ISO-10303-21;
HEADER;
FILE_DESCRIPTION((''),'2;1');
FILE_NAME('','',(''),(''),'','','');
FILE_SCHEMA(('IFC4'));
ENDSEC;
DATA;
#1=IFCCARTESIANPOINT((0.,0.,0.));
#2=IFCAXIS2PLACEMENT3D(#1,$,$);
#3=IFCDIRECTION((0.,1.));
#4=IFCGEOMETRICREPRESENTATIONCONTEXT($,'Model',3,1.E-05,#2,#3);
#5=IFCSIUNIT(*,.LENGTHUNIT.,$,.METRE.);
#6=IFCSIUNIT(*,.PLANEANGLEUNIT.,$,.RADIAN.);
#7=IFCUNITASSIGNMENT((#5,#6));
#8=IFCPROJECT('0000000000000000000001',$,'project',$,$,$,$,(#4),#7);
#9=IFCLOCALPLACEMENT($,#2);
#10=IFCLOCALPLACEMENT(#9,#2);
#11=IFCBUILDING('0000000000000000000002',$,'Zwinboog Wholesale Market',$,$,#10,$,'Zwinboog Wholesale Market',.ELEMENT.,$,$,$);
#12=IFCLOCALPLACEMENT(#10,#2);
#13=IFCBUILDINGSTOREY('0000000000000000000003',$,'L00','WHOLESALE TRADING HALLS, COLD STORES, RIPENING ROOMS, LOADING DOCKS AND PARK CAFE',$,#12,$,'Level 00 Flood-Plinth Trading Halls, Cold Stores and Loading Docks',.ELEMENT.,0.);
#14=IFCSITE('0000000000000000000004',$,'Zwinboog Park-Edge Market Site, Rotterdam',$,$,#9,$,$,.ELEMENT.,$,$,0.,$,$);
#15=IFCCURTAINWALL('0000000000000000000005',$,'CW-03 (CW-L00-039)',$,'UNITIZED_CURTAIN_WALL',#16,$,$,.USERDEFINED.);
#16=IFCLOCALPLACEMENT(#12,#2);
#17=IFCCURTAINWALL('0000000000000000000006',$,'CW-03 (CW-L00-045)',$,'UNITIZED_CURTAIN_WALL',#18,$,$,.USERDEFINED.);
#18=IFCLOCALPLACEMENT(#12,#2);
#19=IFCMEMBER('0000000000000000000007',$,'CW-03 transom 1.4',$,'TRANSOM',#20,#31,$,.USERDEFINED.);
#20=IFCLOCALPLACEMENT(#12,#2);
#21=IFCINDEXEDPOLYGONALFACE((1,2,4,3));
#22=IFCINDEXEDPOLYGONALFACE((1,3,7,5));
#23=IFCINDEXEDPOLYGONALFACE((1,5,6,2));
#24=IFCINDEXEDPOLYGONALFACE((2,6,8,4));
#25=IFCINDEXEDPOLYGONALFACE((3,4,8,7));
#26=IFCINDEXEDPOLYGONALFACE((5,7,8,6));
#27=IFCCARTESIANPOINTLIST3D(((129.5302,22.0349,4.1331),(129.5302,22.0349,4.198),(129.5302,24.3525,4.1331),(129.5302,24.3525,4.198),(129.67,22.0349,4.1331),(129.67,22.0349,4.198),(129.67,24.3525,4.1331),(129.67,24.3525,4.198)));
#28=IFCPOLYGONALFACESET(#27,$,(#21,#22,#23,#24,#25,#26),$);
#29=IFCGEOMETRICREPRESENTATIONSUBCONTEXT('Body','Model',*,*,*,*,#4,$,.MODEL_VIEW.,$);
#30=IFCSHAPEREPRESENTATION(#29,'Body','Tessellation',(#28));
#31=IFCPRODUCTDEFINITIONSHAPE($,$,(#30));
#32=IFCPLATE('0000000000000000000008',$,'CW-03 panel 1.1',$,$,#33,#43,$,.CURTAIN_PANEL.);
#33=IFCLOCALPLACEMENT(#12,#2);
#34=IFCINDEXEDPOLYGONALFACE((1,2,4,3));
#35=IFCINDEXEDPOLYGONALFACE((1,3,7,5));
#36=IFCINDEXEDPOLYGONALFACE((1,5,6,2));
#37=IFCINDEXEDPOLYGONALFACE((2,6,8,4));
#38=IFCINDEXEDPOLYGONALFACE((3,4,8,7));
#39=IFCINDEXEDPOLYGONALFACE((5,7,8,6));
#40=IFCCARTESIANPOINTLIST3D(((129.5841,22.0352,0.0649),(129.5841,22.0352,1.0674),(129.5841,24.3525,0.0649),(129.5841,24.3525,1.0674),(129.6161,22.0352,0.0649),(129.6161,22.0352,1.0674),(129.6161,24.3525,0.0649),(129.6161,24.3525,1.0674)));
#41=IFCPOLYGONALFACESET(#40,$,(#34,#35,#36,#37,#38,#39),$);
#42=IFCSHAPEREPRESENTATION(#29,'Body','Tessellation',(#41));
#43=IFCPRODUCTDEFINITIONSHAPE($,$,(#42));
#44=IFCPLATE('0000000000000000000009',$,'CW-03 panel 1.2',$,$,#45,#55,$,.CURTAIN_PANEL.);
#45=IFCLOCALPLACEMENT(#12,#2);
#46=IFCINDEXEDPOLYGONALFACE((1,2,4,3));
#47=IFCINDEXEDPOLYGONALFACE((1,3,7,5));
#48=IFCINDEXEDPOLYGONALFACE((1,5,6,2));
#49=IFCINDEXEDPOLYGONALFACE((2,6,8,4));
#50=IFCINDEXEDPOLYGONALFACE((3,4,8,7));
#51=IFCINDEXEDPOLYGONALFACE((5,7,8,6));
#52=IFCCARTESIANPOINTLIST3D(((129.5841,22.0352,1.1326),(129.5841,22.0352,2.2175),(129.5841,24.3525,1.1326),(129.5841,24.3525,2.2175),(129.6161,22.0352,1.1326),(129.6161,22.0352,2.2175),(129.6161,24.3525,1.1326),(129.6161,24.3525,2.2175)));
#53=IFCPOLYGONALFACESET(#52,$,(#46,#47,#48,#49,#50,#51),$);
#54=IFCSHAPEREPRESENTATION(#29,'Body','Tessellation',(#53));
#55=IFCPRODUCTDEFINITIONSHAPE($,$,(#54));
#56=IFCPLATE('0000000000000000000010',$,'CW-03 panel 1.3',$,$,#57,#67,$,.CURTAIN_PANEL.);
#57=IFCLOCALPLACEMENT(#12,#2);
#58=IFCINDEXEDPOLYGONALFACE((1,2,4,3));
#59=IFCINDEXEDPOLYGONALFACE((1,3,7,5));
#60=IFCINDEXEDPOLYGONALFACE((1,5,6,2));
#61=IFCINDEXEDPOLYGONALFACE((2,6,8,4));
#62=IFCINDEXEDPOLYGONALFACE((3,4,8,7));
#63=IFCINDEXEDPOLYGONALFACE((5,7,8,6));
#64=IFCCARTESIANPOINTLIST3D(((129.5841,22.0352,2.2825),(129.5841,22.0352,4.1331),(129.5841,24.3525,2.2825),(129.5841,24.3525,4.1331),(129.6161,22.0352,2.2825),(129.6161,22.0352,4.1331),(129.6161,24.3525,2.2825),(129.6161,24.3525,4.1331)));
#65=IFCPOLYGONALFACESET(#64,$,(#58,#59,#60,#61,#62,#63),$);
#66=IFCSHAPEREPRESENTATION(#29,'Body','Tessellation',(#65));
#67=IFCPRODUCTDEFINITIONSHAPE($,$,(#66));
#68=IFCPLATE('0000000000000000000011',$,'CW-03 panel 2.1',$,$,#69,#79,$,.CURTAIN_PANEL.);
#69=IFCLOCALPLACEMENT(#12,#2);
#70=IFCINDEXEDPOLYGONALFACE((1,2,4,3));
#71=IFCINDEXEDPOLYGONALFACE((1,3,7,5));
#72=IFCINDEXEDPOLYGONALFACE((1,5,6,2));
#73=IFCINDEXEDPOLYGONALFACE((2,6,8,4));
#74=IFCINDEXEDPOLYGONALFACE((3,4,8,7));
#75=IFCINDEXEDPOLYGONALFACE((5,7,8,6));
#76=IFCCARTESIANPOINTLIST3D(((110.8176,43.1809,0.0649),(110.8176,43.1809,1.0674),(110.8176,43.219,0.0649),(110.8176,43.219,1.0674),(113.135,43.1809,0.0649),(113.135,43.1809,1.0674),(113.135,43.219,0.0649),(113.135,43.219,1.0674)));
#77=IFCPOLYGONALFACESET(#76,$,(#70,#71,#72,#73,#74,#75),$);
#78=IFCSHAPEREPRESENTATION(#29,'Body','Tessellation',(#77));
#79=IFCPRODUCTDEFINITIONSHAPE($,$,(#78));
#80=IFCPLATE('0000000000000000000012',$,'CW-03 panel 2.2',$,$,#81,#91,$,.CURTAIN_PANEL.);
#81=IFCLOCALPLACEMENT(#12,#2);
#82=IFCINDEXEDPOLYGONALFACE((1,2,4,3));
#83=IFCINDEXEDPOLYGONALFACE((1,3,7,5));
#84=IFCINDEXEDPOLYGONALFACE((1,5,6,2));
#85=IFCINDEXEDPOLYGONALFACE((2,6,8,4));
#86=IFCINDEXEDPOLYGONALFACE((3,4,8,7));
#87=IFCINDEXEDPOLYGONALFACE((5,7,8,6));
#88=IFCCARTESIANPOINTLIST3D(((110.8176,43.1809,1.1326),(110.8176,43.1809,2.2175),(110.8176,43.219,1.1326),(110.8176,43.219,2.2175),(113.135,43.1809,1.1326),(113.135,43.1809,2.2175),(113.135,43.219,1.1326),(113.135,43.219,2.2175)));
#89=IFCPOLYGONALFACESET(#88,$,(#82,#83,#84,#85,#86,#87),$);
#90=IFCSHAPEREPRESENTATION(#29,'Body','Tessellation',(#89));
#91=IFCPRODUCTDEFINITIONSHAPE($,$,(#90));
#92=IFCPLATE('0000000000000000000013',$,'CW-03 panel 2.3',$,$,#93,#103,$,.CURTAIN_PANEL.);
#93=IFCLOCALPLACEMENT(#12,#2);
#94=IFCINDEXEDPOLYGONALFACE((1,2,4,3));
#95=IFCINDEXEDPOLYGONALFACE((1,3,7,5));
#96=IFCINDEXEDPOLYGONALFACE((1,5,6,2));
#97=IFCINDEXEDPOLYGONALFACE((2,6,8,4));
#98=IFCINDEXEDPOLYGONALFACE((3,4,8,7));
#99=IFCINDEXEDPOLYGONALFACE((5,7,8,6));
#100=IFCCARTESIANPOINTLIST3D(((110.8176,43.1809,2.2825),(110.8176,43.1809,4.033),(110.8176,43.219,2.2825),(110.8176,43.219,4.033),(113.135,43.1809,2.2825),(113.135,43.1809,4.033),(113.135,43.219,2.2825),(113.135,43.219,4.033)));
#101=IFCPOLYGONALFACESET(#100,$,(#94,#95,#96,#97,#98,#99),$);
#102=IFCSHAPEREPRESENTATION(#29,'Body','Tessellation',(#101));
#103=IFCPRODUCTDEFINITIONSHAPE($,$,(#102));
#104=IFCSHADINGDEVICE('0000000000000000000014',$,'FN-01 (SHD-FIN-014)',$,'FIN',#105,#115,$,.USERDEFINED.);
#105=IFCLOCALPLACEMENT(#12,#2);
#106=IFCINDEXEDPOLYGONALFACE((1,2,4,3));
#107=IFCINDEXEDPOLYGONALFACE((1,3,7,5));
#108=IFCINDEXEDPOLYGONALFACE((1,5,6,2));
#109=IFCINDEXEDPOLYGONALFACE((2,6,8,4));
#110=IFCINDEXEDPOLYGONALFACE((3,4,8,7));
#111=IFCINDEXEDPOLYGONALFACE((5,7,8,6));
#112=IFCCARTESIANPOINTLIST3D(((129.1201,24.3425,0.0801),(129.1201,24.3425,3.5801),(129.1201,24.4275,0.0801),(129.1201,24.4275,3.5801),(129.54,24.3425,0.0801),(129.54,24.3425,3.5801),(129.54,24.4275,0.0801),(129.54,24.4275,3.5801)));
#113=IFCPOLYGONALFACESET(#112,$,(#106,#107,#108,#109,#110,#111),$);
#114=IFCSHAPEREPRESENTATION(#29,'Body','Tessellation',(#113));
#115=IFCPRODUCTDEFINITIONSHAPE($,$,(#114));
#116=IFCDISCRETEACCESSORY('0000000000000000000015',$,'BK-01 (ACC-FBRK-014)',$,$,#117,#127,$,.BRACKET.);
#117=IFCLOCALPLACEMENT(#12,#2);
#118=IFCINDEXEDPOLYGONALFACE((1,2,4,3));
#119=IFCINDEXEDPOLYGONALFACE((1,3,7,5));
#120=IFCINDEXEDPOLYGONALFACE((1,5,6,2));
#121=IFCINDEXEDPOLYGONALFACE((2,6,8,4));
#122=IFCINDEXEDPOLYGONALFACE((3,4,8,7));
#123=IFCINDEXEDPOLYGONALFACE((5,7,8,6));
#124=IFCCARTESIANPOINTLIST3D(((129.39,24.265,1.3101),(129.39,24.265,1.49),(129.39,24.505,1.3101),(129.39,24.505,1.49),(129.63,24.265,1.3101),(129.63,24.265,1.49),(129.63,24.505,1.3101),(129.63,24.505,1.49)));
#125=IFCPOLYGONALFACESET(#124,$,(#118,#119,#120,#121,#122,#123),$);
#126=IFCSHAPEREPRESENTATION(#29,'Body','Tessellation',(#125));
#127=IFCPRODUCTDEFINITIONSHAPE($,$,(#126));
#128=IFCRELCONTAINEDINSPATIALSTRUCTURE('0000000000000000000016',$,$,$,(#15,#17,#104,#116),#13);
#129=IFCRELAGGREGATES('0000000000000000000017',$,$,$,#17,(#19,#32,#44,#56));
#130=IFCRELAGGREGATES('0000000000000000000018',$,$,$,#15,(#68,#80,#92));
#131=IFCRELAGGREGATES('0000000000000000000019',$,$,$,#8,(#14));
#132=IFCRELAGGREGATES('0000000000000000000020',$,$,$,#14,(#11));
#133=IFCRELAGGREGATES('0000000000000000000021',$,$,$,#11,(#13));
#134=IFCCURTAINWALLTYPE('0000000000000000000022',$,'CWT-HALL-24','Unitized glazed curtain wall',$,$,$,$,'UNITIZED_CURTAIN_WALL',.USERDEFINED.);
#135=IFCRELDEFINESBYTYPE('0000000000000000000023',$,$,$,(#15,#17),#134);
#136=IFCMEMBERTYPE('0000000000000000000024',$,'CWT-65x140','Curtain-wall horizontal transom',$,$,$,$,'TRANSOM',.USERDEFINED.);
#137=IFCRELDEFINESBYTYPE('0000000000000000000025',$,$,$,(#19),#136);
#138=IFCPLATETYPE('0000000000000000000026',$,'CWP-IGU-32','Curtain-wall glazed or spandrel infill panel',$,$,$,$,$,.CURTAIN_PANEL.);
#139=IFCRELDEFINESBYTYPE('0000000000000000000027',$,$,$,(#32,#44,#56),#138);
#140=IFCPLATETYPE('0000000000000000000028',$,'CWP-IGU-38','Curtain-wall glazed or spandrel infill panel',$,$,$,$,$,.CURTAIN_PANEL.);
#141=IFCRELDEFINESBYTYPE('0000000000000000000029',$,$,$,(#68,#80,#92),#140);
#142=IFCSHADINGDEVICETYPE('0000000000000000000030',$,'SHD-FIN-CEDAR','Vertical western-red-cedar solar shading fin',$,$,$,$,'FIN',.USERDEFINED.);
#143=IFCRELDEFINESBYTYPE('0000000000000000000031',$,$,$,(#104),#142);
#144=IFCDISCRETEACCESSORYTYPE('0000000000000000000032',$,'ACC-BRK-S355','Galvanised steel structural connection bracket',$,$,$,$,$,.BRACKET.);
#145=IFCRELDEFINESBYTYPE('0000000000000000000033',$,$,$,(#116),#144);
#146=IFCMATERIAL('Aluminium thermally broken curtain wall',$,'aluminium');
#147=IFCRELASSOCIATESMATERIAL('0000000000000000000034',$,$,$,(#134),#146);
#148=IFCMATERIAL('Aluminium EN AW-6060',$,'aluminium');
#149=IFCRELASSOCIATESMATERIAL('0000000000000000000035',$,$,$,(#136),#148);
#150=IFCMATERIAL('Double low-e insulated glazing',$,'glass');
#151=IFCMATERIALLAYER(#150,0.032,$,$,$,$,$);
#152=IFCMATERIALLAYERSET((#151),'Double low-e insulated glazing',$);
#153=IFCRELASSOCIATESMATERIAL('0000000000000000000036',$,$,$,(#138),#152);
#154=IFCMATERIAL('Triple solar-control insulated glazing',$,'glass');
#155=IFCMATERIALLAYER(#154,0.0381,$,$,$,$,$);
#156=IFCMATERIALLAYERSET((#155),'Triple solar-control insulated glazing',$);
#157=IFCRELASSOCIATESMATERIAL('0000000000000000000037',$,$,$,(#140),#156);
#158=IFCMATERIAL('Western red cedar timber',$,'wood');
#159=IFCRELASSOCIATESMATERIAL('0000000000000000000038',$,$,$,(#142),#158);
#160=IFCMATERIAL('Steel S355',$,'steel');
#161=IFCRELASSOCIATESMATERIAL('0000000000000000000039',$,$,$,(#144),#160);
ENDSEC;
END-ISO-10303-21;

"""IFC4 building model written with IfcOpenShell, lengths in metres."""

from ifc_helpers import new_model, si_unit, direction, frame, origin, origin_2d, place, context, subcontext, project, spatial, rectangle, extrude, material, layer, layer_set, material_profile, profile_set, type_object, element, aggregate, save


model = new_model("IFC4")

# Units and contexts
model_context = context("Model", 3, precision=1e-05, world=origin(), true_north=direction((0.0, 1.0)))
body_context = subcontext(model_context, "Body", "Model", "MODEL_VIEW")
ifc_project = project(units=[si_unit("LENGTHUNIT", "METRE"), si_unit("PLANEANGLEUNIT", "RADIAN")], contexts=[model_context])

# Site, building, storey
site_placement = place(None, origin())
site = spatial("IfcSite", under=ifc_project, at=site_placement, Name="Zwinboog Park-Edge Market Site, Rotterdam", CompositionType="ELEMENT", RefElevation=0.0)
building_placement = place(site_placement, origin())
building = spatial("IfcBuilding", under=site, at=building_placement, Name="Zwinboog Wholesale Market", LongName="Zwinboog Wholesale Market", CompositionType="ELEMENT")
storey_placement = place(building_placement, origin())
storey = spatial("IfcBuildingStorey", under=building, at=storey_placement, Name="L00", Description="WHOLESALE TRADING HALLS, COLD STORES, RIPENING ROOMS, LOADING DOCKS AND PARK CAFE", LongName="Level 00 Flood-Plinth Trading Halls, Cold Stores and Loading Docks", CompositionType="ELEMENT", Elevation=0.0)

# Curtain walls
ifc_material_1 = material(Name="Aluminium thermally broken curtain wall", Category="aluminium")
curtain_wall_type = type_object("IfcCurtainWallType", Name="CWT-HALL-24", Description="Unitized glazed curtain wall", ElementType="UNITIZED_CURTAIN_WALL", PredefinedType="USERDEFINED", material=ifc_material_1)
curtain_wall_1_placement = place(storey_placement, origin())
curtain_wall_1 = element("IfcCurtainWall", 1, at=curtain_wall_1_placement, inside=storey, type_object=curtain_wall_type, Name="CW-03 (CW-L00-039)", ObjectType="UNITIZED_CURTAIN_WALL", PredefinedType="USERDEFINED")
ifc_material_2 = material(Name="Aluminium EN AW-6060", Category="aluminium")
curtain_wall_2_placement = place(storey_placement, origin())
curtain_wall_2 = element("IfcCurtainWall", 2, at=curtain_wall_2_placement, inside=storey, type_object=curtain_wall_type, Name="CW-03 (CW-L00-045)", ObjectType="UNITIZED_CURTAIN_WALL", PredefinedType="USERDEFINED")

# Member
ifc_material_profile_1 = material_profile(ifc_material_2, rectangle(XDim=0.1399, YDim=0.0649, at=origin_2d()), Name="AL 65x140")
ifc_profile_set_1 = profile_set([ifc_material_profile_1], Name="Aluminium EN AW-6060")
member_type_1 = type_object("IfcMemberType", Name="CWT-65x140", Description="Curtain-wall horizontal transom", ElementType="TRANSOM", PredefinedType="USERDEFINED", material=ifc_profile_set_1)
member_1_placement = place(storey_placement, frame((129.6001, 22.0349, 4.1655), z_axis=(0.0, 1.0, 0.0), x_axis=(-1.0, 0.0, 0.0)))
member_1 = element("IfcMember", 3, at=member_1_placement, type_object=member_type_1, Name="CW-03 transom 1.4", ObjectType="TRANSOM", PredefinedType="USERDEFINED", context=body_context, shape_type="SweptSolid", body=[
    extrude(rectangle(XDim=0.1399, YDim=0.0649, at=origin_2d()), origin(), (0.0, 0.0, 1.0), 2.3176),
])

# Plates
ifc_material_3 = material(Name="Double low-e insulated glazing", Category="glass")
ifc_layer_1 = layer(ifc_material_3, 0.032)
ifc_layer_set_1 = layer_set([ifc_layer_1], Name="Double low-e insulated glazing")
plate_type_1 = type_object("IfcPlateType", Name="CWP-IGU-32", Description="Curtain-wall glazed or spandrel infill panel", PredefinedType="CURTAIN_PANEL", material=ifc_layer_set_1)
plate_1_placement = place(storey_placement, frame((129.6001, 23.1938, 0.0649), z_axis=(0.0, 0.0, 1.0), x_axis=(0.0, 1.0, 0.0)))
plate_1 = element("IfcPlate", 4, at=plate_1_placement, type_object=plate_type_1, Name="CW-03 panel 1.1", PredefinedType="CURTAIN_PANEL", context=body_context, shape_type="SweptSolid", body=[
    extrude(rectangle(XDim=2.3174, YDim=0.032, at=origin_2d()), origin(), (0.0, 0.0, 1.0), 1.0024),
])
plate_2_placement = place(storey_placement, frame((129.6001, 23.1938, 1.1326), z_axis=(0.0, 0.0, 1.0), x_axis=(0.0, 1.0, 0.0)))
plate_2 = element("IfcPlate", 5, at=plate_2_placement, type_object=plate_type_1, Name="CW-03 panel 1.2", PredefinedType="CURTAIN_PANEL", context=body_context, shape_type="SweptSolid", body=[
    extrude(rectangle(XDim=2.3174, YDim=0.032, at=origin_2d()), origin(), (0.0, 0.0, 1.0), 1.085),
])
plate_3_placement = place(storey_placement, frame((129.6001, 23.1938, 2.2825), z_axis=(0.0, 0.0, 1.0), x_axis=(0.0, 1.0, 0.0)))
plate_3 = element("IfcPlate", 6, at=plate_3_placement, type_object=plate_type_1, Name="CW-03 panel 1.3", PredefinedType="CURTAIN_PANEL", context=body_context, shape_type="SweptSolid", body=[
    extrude(rectangle(XDim=2.3174, YDim=0.032, at=origin_2d()), origin(), (0.0, 0.0, 1.0), 1.8506),
])
aggregate(curtain_wall_2, [member_1, plate_1, plate_2, plate_3])
ifc_material_4 = material(Name="Triple solar-control insulated glazing", Category="glass")
ifc_layer_2 = layer(ifc_material_4, 0.0381)
ifc_layer_set_2 = layer_set([ifc_layer_2], Name="Triple solar-control insulated glazing")
plate_type_2 = type_object("IfcPlateType", Name="CWP-IGU-38", Description="Curtain-wall glazed or spandrel infill panel", PredefinedType="CURTAIN_PANEL", material=ifc_layer_set_2)
plate_4_placement = place(storey_placement, frame((111.9763, 43.2, 0.0649), z_axis=(0.0, 0.0, 1.0), x_axis=(1.0, 0.0, 0.0)))
plate_4 = element("IfcPlate", 7, at=plate_4_placement, type_object=plate_type_2, Name="CW-03 panel 2.1", PredefinedType="CURTAIN_PANEL", context=body_context, shape_type="SweptSolid", body=[
    extrude(rectangle(XDim=2.3174, YDim=0.0381, at=origin_2d()), origin(), (0.0, 0.0, 1.0), 1.0024),
])
plate_5_placement = place(storey_placement, frame((111.9763, 43.2, 1.1326), z_axis=(0.0, 0.0, 1.0), x_axis=(1.0, 0.0, 0.0)))
plate_5 = element("IfcPlate", 8, at=plate_5_placement, type_object=plate_type_2, Name="CW-03 panel 2.2", PredefinedType="CURTAIN_PANEL", context=body_context, shape_type="SweptSolid", body=[
    extrude(rectangle(XDim=2.3174, YDim=0.0381, at=origin_2d()), origin(), (0.0, 0.0, 1.0), 1.085),
])
plate_6_placement = place(storey_placement, frame((111.9763, 43.2, 2.2825), z_axis=(0.0, 0.0, 1.0), x_axis=(1.0, 0.0, 0.0)))
plate_6 = element("IfcPlate", 9, at=plate_6_placement, type_object=plate_type_2, Name="CW-03 panel 2.3", PredefinedType="CURTAIN_PANEL", context=body_context, shape_type="SweptSolid", body=[
    extrude(rectangle(XDim=2.3174, YDim=0.0381, at=origin_2d()), origin(), (0.0, 0.0, 1.0), 1.7505),
])
aggregate(curtain_wall_1, [plate_4, plate_5, plate_6])

# Shading device
ifc_material_5 = material(Name="Western red cedar timber", Category="wood")
shading_device_type = type_object("IfcShadingDeviceType", Name="SHD-FIN-CEDAR", Description="Vertical western-red-cedar solar shading fin", ElementType="FIN", PredefinedType="USERDEFINED", material=ifc_material_5)
shading_device_placement = place(storey_placement, frame((129.3301, 24.385, 0.0801), z_axis=(0.0, 0.0, 1.0), x_axis=(1.0, 0.0, 0.0)))
element("IfcShadingDevice", 10, at=shading_device_placement, inside=storey, type_object=shading_device_type, Name="FN-01 (SHD-FIN-014)", ObjectType="FIN", PredefinedType="USERDEFINED", context=body_context, shape_type="SweptSolid", body=[
    extrude(rectangle(XDim=0.4199, YDim=0.085, at=origin_2d()), origin(), (0.0, 0.0, 1.0), 3.5),
])

# Discrete accessory
ifc_material_6 = material(Name="Steel S355", Category="steel")
discrete_accessory_type = type_object("IfcDiscreteAccessoryType", Name="ACC-BRK-S355", Description="Galvanised steel structural connection bracket", PredefinedType="BRACKET", material=ifc_material_6)
discrete_accessory_placement = place(storey_placement, frame((129.51, 24.385, 1.3101), z_axis=(0.0, 0.0, 1.0), x_axis=(1.0, 0.0, 0.0)))
element("IfcDiscreteAccessory", 11, at=discrete_accessory_placement, inside=storey, type_object=discrete_accessory_type, Name="BK-01 (ACC-FBRK-014)", PredefinedType="BRACKET", context=body_context, shape_type="SweptSolid", body=[
    extrude(rectangle(XDim=0.24, YDim=0.24, at=origin_2d()), origin(), (0.0, 0.0, 1.0), 0.1799),
])

save(model, "model.ifc")
